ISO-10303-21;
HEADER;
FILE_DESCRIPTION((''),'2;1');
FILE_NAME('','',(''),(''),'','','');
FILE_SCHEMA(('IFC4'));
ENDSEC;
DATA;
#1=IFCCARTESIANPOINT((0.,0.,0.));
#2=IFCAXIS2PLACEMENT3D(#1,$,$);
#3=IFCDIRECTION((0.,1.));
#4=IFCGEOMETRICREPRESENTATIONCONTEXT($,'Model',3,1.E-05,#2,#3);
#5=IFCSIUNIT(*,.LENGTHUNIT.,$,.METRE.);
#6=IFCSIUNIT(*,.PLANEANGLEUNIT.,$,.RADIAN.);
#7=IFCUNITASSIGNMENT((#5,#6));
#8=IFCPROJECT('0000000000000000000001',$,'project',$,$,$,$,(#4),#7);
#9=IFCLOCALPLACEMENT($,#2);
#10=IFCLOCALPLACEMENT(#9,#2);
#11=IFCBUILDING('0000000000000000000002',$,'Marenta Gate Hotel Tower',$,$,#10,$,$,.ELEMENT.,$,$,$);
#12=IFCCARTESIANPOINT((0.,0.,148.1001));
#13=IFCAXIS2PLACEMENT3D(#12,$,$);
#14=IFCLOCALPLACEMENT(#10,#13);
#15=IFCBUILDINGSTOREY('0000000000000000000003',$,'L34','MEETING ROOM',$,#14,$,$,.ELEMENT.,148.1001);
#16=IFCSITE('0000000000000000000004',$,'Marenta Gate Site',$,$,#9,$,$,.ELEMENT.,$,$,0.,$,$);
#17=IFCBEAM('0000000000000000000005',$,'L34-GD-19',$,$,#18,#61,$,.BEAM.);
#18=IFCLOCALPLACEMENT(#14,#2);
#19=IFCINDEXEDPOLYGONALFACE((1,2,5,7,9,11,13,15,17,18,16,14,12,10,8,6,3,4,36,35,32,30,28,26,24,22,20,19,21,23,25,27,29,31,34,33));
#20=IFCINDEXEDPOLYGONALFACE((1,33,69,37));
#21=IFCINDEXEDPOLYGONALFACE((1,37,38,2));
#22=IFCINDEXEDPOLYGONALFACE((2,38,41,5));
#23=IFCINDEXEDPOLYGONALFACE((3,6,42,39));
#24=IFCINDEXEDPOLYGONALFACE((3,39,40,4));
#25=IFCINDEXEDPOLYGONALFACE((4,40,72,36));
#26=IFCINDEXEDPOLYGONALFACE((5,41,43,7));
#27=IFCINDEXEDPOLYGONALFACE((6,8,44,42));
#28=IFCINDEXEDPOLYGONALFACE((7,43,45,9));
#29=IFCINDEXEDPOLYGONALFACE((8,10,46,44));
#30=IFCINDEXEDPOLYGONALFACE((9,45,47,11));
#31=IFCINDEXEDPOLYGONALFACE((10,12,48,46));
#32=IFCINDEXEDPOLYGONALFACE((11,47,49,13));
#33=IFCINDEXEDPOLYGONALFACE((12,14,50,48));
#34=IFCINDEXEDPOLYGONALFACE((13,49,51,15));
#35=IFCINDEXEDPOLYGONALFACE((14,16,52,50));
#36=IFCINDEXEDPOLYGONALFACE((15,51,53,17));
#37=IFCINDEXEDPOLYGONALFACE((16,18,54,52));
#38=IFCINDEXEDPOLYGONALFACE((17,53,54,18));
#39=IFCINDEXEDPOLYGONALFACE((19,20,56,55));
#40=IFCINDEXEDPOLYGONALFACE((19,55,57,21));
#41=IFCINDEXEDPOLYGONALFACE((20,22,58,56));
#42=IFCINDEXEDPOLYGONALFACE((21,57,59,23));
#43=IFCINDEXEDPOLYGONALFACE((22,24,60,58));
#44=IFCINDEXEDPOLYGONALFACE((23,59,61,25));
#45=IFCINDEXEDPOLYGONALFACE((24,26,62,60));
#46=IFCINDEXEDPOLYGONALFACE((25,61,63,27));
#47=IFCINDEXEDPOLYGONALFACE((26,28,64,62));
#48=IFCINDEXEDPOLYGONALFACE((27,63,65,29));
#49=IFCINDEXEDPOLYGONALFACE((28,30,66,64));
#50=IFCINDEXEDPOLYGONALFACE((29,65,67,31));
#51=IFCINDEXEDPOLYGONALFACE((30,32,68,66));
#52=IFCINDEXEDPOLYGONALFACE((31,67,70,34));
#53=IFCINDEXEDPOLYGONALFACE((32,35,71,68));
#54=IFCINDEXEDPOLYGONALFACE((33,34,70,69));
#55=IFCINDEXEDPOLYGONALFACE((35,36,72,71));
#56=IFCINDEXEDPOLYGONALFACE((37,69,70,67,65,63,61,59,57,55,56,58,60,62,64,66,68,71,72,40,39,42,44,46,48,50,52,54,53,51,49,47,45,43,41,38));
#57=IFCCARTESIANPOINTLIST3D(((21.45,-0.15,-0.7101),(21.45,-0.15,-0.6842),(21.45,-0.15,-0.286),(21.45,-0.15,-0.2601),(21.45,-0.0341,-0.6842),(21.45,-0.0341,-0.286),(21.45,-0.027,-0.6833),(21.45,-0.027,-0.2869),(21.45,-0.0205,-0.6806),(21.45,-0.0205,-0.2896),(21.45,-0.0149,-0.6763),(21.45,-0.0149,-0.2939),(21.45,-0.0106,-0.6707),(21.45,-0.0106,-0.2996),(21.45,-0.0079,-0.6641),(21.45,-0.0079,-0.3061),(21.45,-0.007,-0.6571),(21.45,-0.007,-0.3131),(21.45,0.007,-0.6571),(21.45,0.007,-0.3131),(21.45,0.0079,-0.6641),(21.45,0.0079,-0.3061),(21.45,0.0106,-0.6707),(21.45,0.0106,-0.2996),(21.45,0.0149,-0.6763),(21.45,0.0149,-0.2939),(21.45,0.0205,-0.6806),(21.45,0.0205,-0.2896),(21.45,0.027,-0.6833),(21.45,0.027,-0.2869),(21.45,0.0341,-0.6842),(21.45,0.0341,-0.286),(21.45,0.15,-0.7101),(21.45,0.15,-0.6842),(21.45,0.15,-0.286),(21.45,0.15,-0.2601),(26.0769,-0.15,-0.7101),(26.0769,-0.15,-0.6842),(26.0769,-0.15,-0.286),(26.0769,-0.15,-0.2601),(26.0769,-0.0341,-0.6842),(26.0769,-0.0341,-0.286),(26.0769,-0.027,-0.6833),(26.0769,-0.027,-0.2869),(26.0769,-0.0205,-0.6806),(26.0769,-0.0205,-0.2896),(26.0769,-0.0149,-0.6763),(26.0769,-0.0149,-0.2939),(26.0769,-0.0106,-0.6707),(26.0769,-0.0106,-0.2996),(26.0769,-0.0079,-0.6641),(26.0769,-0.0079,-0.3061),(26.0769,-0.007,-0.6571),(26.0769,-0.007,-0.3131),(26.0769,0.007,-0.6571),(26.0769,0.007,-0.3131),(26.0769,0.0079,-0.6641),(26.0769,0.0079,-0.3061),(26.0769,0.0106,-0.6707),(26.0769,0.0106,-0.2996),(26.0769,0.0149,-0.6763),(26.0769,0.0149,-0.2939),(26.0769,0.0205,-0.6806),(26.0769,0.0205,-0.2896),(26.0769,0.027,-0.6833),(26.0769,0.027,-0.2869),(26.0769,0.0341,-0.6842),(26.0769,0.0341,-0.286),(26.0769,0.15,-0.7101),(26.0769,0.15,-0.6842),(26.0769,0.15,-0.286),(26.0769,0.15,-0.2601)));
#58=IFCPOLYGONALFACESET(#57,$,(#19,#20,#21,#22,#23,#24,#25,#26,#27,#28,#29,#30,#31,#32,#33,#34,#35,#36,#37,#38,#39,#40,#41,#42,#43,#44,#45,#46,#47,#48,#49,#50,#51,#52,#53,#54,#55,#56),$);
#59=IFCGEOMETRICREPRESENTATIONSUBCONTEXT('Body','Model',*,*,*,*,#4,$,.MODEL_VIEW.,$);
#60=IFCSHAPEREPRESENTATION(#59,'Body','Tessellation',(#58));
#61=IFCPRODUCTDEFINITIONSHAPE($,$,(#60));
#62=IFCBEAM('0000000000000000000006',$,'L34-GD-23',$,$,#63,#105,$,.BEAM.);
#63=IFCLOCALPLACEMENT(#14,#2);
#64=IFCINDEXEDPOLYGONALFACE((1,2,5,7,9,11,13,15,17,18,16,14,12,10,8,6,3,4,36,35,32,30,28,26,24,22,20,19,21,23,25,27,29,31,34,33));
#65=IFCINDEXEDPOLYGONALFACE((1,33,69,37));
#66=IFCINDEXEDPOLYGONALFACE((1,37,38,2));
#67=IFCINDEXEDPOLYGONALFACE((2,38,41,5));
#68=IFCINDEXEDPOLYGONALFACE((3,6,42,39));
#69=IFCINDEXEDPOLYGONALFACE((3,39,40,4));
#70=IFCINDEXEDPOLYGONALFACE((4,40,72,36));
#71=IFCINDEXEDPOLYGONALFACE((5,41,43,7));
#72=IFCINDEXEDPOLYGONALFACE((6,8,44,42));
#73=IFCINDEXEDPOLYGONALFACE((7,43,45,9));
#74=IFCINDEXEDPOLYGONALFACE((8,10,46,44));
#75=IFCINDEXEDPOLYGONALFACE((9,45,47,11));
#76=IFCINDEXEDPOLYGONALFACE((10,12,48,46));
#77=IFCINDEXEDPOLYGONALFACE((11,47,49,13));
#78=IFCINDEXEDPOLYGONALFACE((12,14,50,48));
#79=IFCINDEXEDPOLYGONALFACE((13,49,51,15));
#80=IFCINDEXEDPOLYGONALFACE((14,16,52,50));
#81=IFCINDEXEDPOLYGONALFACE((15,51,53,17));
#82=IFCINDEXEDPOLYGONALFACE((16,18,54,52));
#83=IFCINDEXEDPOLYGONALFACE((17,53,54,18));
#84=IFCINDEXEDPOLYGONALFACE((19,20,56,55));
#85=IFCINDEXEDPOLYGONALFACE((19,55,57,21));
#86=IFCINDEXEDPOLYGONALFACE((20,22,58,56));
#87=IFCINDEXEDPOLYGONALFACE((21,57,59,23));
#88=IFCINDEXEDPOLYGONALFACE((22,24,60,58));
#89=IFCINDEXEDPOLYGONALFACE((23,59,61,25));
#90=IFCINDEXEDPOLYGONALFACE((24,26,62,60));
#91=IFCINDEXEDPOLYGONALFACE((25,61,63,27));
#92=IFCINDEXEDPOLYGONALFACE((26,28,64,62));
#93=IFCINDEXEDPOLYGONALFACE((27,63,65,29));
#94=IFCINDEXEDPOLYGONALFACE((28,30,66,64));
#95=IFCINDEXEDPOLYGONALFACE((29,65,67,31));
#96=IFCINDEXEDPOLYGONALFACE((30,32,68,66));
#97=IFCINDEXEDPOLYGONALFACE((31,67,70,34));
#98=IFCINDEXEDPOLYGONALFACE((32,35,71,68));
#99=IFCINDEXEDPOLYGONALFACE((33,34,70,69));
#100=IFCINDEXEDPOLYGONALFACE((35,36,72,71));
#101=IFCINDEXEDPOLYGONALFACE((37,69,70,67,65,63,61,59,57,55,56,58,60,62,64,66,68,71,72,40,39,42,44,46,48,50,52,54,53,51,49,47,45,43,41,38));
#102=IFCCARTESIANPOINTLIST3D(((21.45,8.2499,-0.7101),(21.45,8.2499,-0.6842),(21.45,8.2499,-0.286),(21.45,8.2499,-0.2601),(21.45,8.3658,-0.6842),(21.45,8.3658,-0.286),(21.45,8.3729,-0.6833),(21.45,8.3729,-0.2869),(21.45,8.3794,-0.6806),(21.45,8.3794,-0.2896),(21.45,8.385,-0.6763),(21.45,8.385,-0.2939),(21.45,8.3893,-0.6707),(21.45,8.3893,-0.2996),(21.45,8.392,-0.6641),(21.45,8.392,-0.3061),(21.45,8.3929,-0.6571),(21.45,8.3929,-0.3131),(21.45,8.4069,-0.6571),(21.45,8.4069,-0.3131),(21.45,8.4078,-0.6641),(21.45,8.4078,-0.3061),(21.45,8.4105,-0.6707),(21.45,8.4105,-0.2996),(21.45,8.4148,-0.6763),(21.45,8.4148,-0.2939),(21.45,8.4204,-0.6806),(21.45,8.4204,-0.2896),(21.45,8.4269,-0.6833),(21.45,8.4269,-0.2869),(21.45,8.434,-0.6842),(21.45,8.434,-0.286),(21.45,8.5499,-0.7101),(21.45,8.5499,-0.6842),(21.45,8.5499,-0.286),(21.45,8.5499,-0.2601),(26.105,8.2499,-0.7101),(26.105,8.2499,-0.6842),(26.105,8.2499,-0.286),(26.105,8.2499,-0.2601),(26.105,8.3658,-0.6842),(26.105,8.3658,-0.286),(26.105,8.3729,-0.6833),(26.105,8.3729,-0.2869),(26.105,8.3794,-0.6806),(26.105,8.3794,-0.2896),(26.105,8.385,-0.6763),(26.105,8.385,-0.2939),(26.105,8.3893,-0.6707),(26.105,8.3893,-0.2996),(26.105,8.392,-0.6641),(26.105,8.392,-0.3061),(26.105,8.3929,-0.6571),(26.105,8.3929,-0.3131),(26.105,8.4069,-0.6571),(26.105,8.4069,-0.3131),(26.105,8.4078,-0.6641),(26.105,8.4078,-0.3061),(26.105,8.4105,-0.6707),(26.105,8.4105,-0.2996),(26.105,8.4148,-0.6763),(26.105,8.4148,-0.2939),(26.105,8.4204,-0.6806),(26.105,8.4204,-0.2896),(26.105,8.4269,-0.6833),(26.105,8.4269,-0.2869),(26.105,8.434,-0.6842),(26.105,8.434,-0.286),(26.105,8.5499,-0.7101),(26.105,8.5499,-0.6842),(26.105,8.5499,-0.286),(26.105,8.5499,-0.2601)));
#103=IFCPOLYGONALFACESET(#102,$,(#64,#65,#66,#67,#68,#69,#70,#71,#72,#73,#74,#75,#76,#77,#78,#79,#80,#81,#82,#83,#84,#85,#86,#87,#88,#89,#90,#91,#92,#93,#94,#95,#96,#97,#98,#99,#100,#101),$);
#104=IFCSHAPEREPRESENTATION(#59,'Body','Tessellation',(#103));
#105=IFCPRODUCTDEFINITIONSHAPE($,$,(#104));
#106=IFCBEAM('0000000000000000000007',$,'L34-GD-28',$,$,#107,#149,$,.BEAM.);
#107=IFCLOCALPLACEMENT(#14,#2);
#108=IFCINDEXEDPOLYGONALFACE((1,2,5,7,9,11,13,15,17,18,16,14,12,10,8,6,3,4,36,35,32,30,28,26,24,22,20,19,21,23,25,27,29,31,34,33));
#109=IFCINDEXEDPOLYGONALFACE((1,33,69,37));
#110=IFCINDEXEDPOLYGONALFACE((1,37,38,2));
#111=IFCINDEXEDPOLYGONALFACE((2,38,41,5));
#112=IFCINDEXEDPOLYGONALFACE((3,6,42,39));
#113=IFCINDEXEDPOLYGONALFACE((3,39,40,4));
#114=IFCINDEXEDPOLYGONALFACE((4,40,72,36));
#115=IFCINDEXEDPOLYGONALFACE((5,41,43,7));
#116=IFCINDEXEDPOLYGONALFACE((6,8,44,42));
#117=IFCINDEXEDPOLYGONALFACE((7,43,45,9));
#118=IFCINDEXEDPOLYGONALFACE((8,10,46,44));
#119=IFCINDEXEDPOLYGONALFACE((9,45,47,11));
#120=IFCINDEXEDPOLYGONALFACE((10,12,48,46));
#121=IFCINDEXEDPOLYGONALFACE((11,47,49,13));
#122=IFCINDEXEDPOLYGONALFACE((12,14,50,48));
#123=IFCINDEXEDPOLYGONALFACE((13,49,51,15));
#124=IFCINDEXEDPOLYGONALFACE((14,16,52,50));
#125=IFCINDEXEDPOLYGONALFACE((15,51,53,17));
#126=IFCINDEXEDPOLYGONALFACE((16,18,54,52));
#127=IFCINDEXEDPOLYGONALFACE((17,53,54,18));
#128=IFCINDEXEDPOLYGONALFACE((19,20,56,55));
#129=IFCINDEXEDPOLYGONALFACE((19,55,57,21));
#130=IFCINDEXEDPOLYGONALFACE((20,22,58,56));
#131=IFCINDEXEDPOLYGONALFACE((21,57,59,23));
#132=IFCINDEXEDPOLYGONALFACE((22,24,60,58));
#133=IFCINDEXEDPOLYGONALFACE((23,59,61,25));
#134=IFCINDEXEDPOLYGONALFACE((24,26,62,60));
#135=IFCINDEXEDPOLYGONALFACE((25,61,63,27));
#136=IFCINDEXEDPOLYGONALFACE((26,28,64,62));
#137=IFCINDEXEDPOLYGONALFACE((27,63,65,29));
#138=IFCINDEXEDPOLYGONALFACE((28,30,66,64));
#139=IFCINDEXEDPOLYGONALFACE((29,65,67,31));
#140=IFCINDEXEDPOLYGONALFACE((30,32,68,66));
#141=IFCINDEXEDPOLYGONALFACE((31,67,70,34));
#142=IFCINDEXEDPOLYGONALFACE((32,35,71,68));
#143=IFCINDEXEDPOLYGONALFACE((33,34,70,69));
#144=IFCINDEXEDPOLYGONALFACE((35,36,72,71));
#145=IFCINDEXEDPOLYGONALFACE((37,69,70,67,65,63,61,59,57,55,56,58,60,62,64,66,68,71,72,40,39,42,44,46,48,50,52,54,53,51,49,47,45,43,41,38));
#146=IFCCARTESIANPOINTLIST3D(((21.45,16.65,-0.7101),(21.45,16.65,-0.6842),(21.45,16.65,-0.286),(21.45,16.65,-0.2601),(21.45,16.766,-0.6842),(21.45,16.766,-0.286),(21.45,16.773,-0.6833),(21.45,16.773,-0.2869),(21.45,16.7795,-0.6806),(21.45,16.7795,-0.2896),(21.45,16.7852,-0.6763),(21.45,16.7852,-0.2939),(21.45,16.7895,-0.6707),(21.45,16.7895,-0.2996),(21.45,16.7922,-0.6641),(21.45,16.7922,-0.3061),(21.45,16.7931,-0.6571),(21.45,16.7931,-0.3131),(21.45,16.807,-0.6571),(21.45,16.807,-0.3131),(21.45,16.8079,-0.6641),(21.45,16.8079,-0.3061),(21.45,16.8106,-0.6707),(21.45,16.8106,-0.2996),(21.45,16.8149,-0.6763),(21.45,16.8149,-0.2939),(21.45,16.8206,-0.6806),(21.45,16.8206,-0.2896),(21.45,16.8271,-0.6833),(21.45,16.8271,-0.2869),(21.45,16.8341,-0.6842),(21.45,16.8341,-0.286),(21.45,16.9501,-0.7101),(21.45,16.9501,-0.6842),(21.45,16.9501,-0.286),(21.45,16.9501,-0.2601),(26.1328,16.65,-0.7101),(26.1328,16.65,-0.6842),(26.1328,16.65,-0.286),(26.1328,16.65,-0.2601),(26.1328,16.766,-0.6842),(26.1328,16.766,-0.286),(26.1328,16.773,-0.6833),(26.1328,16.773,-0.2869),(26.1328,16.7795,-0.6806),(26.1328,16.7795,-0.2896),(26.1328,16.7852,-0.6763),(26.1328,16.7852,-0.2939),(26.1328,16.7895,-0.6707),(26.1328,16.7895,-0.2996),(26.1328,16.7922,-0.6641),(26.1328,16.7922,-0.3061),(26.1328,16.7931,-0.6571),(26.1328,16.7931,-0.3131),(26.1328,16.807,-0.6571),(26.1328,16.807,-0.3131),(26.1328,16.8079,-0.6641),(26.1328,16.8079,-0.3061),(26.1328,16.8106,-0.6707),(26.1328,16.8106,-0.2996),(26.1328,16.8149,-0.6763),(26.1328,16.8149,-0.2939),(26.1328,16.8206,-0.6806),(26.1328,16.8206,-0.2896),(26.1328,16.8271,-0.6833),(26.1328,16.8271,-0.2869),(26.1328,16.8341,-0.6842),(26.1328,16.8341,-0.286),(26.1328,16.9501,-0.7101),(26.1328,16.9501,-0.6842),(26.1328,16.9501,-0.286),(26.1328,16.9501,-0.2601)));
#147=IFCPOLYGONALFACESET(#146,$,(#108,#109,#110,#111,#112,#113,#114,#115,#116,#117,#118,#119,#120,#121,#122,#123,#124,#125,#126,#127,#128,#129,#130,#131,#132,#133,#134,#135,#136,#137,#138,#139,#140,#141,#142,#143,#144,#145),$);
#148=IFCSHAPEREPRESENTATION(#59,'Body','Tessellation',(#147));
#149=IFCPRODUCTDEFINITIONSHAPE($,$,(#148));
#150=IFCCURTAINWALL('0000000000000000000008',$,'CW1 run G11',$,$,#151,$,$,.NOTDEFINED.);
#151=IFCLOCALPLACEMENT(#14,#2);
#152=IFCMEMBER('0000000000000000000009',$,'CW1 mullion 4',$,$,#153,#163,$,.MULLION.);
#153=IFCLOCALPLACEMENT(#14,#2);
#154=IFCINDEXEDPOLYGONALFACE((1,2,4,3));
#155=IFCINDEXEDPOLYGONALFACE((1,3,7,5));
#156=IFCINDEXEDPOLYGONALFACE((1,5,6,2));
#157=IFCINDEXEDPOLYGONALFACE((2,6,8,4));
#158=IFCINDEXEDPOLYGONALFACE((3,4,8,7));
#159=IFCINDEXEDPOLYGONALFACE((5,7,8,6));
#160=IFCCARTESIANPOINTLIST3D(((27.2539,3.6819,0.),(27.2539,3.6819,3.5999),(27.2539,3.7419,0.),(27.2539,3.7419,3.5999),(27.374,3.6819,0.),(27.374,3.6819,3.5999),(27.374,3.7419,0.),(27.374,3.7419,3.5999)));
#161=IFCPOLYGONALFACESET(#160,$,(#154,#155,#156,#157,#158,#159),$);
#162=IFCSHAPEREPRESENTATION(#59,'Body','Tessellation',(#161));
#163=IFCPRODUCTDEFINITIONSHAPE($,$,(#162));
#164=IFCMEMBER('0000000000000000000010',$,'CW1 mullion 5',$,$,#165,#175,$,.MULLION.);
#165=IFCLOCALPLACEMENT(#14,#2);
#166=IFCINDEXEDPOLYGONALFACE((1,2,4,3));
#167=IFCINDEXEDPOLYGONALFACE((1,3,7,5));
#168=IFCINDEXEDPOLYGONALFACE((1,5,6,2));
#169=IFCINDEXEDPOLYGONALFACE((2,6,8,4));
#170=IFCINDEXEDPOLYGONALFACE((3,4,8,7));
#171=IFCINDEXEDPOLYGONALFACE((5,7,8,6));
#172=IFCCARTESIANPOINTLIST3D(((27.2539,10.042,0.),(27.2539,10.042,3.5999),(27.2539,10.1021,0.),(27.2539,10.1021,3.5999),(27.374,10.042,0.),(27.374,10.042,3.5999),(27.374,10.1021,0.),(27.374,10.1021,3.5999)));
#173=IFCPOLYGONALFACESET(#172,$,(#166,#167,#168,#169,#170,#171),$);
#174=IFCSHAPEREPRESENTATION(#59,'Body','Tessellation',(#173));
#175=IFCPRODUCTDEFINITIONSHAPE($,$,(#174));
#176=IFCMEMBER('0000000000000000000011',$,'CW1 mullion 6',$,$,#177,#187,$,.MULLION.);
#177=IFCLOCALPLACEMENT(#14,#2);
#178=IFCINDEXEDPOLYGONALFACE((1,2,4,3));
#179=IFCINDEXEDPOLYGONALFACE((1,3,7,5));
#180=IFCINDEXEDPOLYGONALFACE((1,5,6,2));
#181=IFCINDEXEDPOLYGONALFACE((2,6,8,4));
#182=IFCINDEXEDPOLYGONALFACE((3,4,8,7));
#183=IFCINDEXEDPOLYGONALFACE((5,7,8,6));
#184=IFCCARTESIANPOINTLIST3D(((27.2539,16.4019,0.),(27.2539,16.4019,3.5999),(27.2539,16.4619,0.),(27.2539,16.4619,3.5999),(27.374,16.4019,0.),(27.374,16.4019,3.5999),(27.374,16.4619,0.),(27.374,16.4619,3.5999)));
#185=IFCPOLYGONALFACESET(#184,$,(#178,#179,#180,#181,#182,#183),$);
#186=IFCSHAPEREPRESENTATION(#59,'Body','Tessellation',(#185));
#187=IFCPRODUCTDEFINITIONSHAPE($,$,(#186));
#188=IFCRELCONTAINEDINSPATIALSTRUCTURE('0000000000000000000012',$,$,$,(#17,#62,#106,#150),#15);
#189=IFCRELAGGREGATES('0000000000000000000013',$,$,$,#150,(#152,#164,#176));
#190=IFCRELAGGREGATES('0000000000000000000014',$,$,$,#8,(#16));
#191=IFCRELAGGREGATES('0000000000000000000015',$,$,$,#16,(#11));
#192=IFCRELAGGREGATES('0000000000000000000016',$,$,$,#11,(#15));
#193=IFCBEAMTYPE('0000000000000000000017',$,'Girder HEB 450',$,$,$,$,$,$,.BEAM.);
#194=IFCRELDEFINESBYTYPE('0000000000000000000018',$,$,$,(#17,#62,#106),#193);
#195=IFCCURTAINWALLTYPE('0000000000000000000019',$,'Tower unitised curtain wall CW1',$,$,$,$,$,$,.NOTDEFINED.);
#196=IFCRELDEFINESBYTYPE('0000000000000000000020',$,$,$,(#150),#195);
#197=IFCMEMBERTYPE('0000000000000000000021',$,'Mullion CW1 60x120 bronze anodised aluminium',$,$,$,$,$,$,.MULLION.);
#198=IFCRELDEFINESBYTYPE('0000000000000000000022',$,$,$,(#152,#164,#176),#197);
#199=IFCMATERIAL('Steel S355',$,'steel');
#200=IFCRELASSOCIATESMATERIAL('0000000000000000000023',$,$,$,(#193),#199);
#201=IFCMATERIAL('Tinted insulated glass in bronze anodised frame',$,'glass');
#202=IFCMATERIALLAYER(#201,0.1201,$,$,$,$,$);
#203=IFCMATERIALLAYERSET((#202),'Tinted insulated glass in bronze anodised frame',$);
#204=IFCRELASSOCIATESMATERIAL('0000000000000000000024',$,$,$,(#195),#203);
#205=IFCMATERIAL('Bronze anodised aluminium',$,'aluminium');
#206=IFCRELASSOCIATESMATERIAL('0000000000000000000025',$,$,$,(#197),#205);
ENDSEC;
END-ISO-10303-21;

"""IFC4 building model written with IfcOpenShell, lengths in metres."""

from ifc_helpers import new_model, si_unit, direction, frame, origin, origin_2d, place, context, subcontext, project, spatial, rectangle, i_section, extrude, material, layer, layer_set, material_profile, profile_set, type_object, element, aggregate, save


model = new_model("IFC4")

# Units and contexts
model_context = context("Model", 3, precision=1e-05, world=origin(), true_north=direction((0.0, 1.0)))
body_context = subcontext(model_context, "Body", "Model", "MODEL_VIEW")
ifc_project = project(units=[si_unit("LENGTHUNIT", "METRE"), si_unit("PLANEANGLEUNIT", "RADIAN")], contexts=[model_context])

# Site, building, storey
site_placement = place(None, origin())
site = spatial("IfcSite", under=ifc_project, at=site_placement, Name="Marenta Gate Site", CompositionType="ELEMENT", RefElevation=0.0)
building_placement = place(site_placement, origin())
building = spatial("IfcBuilding", under=site, at=building_placement, Name="Marenta Gate Hotel Tower", CompositionType="ELEMENT")
storey_placement = place(building_placement, frame((0.0, 0.0, 148.1001)))
storey = spatial("IfcBuildingStorey", under=building, at=storey_placement, Name="L34", Description="MEETING ROOM", CompositionType="ELEMENT", Elevation=148.1001)

# Beams
ifc_material_1 = material(Name="Steel S355", Category="steel")
ifc_material_profile_1 = material_profile(ifc_material_1, i_section(OverallWidth=0.3, OverallDepth=0.45, WebThickness=0.0139, FlangeThickness=0.0259, FilletRadius=0.0271, at=origin_2d()), Name="HEB 450")
ifc_profile_set_1 = profile_set([ifc_material_profile_1], Name="Steel S355")
beam_type_1 = type_object("IfcBeamType", Name="Girder HEB 450", PredefinedType="BEAM", material=ifc_profile_set_1)
beam_1_placement = place(storey_placement, frame((21.45, 0.0, -0.4851), z_axis=(1.0, 0.0, 0.0), x_axis=(0.0, 1.0, 0.0)))
element("IfcBeam", 1, at=beam_1_placement, inside=storey, type_object=beam_type_1, Name="L34-GD-19", PredefinedType="BEAM", context=body_context, shape_type="SweptSolid", body=[
    extrude(i_section(OverallWidth=0.3, OverallDepth=0.45, WebThickness=0.0139, FlangeThickness=0.0259, FilletRadius=0.0271, at=origin_2d()), origin(), (0.0, 0.0, 1.0), 4.627),
])
beam_2_placement = place(storey_placement, frame((21.45, 8.3999, -0.4851), z_axis=(1.0, 0.0, 0.0), x_axis=(0.0, 1.0, 0.0)))
element("IfcBeam", 2, at=beam_2_placement, inside=storey, type_object=beam_type_1, Name="L34-GD-23", PredefinedType="BEAM", context=body_context, shape_type="SweptSolid", body=[
    extrude(i_section(OverallWidth=0.3, OverallDepth=0.45, WebThickness=0.0139, FlangeThickness=0.0259, FilletRadius=0.0271, at=origin_2d()), origin(), (0.0, 0.0, 1.0), 4.655),
])
beam_3_placement = place(storey_placement, frame((21.45, 16.8, -0.4851), z_axis=(1.0, 0.0, 0.0), x_axis=(0.0, 1.0, 0.0)))
element("IfcBeam", 3, at=beam_3_placement, inside=storey, type_object=beam_type_1, Name="L34-GD-28", PredefinedType="BEAM", context=body_context, shape_type="SweptSolid", body=[
    extrude(i_section(OverallWidth=0.3, OverallDepth=0.45, WebThickness=0.0139, FlangeThickness=0.0259, FilletRadius=0.0271, at=origin_2d()), origin(), (0.0, 0.0, 1.0), 4.6829),
])

# Curtain wall, members
ifc_material_2 = material(Name="Tinted insulated glass in bronze anodised frame", Category="glass")
ifc_layer_1 = layer(ifc_material_2, 0.1201)
ifc_layer_set_1 = layer_set([ifc_layer_1], Name="Tinted insulated glass in bronze anodised frame")
curtain_wall_type = type_object("IfcCurtainWallType", Name="Tower unitised curtain wall CW1", PredefinedType="NOTDEFINED", material=ifc_layer_set_1)
curtain_wall_placement = place(storey_placement, origin())
curtain_wall = element("IfcCurtainWall", 4, at=curtain_wall_placement, inside=storey, type_object=curtain_wall_type, Name="CW1 run G11", PredefinedType="NOTDEFINED")
ifc_material_3 = material(Name="Bronze anodised aluminium", Category="aluminium")
ifc_material_profile_2 = material_profile(ifc_material_3, rectangle(XDim=0.1201, YDim=0.0601, at=origin_2d()), Name="Mullion CW1 60x120 bronze anodised aluminium")
ifc_profile_set_2 = profile_set([ifc_material_profile_2], Name="Bronze anodised aluminium")
member_type_1 = type_object("IfcMemberType", Name="Mullion CW1 60x120 bronze anodised aluminium", PredefinedType="MULLION", material=ifc_profile_set_2)
member_1_placement = place(storey_placement, frame((27.314, 3.7119, 0.0), z_axis=(0.0, 0.0, 1.0), x_axis=(-1.0, 0.0, 0.0)))
member_1 = element("IfcMember", 5, at=member_1_placement, type_object=member_type_1, Name="CW1 mullion 4", PredefinedType="MULLION", context=body_context, shape_type="SweptSolid", body=[
    extrude(rectangle(XDim=0.1201, YDim=0.0601, at=origin_2d()), origin(), (0.0, 0.0, 1.0), 3.5999),
])
member_2_placement = place(storey_placement, frame((27.314, 10.072, 0.0), z_axis=(0.0, 0.0, 1.0), x_axis=(-1.0, 0.0, 0.0)))
member_2 = element("IfcMember", 6, at=member_2_placement, type_object=member_type_1, Name="CW1 mullion 5", PredefinedType="MULLION", context=body_context, shape_type="SweptSolid", body=[
    extrude(rectangle(XDim=0.1201, YDim=0.0601, at=origin_2d()), origin(), (0.0, 0.0, 1.0), 3.5999),
])
member_3_placement = place(storey_placement, frame((27.314, 16.4319, 0.0), z_axis=(0.0, 0.0, 1.0), x_axis=(-1.0, 0.0, 0.0)))
member_3 = element("IfcMember", 7, at=member_3_placement, type_object=member_type_1, Name="CW1 mullion 6", PredefinedType="MULLION", context=body_context, shape_type="SweptSolid", body=[
    extrude(rectangle(XDim=0.1201, YDim=0.0601, at=origin_2d()), origin(), (0.0, 0.0, 1.0), 3.5999),
])
aggregate(curtain_wall, [member_1, member_2, member_3])

save(model, "model.ifc")
